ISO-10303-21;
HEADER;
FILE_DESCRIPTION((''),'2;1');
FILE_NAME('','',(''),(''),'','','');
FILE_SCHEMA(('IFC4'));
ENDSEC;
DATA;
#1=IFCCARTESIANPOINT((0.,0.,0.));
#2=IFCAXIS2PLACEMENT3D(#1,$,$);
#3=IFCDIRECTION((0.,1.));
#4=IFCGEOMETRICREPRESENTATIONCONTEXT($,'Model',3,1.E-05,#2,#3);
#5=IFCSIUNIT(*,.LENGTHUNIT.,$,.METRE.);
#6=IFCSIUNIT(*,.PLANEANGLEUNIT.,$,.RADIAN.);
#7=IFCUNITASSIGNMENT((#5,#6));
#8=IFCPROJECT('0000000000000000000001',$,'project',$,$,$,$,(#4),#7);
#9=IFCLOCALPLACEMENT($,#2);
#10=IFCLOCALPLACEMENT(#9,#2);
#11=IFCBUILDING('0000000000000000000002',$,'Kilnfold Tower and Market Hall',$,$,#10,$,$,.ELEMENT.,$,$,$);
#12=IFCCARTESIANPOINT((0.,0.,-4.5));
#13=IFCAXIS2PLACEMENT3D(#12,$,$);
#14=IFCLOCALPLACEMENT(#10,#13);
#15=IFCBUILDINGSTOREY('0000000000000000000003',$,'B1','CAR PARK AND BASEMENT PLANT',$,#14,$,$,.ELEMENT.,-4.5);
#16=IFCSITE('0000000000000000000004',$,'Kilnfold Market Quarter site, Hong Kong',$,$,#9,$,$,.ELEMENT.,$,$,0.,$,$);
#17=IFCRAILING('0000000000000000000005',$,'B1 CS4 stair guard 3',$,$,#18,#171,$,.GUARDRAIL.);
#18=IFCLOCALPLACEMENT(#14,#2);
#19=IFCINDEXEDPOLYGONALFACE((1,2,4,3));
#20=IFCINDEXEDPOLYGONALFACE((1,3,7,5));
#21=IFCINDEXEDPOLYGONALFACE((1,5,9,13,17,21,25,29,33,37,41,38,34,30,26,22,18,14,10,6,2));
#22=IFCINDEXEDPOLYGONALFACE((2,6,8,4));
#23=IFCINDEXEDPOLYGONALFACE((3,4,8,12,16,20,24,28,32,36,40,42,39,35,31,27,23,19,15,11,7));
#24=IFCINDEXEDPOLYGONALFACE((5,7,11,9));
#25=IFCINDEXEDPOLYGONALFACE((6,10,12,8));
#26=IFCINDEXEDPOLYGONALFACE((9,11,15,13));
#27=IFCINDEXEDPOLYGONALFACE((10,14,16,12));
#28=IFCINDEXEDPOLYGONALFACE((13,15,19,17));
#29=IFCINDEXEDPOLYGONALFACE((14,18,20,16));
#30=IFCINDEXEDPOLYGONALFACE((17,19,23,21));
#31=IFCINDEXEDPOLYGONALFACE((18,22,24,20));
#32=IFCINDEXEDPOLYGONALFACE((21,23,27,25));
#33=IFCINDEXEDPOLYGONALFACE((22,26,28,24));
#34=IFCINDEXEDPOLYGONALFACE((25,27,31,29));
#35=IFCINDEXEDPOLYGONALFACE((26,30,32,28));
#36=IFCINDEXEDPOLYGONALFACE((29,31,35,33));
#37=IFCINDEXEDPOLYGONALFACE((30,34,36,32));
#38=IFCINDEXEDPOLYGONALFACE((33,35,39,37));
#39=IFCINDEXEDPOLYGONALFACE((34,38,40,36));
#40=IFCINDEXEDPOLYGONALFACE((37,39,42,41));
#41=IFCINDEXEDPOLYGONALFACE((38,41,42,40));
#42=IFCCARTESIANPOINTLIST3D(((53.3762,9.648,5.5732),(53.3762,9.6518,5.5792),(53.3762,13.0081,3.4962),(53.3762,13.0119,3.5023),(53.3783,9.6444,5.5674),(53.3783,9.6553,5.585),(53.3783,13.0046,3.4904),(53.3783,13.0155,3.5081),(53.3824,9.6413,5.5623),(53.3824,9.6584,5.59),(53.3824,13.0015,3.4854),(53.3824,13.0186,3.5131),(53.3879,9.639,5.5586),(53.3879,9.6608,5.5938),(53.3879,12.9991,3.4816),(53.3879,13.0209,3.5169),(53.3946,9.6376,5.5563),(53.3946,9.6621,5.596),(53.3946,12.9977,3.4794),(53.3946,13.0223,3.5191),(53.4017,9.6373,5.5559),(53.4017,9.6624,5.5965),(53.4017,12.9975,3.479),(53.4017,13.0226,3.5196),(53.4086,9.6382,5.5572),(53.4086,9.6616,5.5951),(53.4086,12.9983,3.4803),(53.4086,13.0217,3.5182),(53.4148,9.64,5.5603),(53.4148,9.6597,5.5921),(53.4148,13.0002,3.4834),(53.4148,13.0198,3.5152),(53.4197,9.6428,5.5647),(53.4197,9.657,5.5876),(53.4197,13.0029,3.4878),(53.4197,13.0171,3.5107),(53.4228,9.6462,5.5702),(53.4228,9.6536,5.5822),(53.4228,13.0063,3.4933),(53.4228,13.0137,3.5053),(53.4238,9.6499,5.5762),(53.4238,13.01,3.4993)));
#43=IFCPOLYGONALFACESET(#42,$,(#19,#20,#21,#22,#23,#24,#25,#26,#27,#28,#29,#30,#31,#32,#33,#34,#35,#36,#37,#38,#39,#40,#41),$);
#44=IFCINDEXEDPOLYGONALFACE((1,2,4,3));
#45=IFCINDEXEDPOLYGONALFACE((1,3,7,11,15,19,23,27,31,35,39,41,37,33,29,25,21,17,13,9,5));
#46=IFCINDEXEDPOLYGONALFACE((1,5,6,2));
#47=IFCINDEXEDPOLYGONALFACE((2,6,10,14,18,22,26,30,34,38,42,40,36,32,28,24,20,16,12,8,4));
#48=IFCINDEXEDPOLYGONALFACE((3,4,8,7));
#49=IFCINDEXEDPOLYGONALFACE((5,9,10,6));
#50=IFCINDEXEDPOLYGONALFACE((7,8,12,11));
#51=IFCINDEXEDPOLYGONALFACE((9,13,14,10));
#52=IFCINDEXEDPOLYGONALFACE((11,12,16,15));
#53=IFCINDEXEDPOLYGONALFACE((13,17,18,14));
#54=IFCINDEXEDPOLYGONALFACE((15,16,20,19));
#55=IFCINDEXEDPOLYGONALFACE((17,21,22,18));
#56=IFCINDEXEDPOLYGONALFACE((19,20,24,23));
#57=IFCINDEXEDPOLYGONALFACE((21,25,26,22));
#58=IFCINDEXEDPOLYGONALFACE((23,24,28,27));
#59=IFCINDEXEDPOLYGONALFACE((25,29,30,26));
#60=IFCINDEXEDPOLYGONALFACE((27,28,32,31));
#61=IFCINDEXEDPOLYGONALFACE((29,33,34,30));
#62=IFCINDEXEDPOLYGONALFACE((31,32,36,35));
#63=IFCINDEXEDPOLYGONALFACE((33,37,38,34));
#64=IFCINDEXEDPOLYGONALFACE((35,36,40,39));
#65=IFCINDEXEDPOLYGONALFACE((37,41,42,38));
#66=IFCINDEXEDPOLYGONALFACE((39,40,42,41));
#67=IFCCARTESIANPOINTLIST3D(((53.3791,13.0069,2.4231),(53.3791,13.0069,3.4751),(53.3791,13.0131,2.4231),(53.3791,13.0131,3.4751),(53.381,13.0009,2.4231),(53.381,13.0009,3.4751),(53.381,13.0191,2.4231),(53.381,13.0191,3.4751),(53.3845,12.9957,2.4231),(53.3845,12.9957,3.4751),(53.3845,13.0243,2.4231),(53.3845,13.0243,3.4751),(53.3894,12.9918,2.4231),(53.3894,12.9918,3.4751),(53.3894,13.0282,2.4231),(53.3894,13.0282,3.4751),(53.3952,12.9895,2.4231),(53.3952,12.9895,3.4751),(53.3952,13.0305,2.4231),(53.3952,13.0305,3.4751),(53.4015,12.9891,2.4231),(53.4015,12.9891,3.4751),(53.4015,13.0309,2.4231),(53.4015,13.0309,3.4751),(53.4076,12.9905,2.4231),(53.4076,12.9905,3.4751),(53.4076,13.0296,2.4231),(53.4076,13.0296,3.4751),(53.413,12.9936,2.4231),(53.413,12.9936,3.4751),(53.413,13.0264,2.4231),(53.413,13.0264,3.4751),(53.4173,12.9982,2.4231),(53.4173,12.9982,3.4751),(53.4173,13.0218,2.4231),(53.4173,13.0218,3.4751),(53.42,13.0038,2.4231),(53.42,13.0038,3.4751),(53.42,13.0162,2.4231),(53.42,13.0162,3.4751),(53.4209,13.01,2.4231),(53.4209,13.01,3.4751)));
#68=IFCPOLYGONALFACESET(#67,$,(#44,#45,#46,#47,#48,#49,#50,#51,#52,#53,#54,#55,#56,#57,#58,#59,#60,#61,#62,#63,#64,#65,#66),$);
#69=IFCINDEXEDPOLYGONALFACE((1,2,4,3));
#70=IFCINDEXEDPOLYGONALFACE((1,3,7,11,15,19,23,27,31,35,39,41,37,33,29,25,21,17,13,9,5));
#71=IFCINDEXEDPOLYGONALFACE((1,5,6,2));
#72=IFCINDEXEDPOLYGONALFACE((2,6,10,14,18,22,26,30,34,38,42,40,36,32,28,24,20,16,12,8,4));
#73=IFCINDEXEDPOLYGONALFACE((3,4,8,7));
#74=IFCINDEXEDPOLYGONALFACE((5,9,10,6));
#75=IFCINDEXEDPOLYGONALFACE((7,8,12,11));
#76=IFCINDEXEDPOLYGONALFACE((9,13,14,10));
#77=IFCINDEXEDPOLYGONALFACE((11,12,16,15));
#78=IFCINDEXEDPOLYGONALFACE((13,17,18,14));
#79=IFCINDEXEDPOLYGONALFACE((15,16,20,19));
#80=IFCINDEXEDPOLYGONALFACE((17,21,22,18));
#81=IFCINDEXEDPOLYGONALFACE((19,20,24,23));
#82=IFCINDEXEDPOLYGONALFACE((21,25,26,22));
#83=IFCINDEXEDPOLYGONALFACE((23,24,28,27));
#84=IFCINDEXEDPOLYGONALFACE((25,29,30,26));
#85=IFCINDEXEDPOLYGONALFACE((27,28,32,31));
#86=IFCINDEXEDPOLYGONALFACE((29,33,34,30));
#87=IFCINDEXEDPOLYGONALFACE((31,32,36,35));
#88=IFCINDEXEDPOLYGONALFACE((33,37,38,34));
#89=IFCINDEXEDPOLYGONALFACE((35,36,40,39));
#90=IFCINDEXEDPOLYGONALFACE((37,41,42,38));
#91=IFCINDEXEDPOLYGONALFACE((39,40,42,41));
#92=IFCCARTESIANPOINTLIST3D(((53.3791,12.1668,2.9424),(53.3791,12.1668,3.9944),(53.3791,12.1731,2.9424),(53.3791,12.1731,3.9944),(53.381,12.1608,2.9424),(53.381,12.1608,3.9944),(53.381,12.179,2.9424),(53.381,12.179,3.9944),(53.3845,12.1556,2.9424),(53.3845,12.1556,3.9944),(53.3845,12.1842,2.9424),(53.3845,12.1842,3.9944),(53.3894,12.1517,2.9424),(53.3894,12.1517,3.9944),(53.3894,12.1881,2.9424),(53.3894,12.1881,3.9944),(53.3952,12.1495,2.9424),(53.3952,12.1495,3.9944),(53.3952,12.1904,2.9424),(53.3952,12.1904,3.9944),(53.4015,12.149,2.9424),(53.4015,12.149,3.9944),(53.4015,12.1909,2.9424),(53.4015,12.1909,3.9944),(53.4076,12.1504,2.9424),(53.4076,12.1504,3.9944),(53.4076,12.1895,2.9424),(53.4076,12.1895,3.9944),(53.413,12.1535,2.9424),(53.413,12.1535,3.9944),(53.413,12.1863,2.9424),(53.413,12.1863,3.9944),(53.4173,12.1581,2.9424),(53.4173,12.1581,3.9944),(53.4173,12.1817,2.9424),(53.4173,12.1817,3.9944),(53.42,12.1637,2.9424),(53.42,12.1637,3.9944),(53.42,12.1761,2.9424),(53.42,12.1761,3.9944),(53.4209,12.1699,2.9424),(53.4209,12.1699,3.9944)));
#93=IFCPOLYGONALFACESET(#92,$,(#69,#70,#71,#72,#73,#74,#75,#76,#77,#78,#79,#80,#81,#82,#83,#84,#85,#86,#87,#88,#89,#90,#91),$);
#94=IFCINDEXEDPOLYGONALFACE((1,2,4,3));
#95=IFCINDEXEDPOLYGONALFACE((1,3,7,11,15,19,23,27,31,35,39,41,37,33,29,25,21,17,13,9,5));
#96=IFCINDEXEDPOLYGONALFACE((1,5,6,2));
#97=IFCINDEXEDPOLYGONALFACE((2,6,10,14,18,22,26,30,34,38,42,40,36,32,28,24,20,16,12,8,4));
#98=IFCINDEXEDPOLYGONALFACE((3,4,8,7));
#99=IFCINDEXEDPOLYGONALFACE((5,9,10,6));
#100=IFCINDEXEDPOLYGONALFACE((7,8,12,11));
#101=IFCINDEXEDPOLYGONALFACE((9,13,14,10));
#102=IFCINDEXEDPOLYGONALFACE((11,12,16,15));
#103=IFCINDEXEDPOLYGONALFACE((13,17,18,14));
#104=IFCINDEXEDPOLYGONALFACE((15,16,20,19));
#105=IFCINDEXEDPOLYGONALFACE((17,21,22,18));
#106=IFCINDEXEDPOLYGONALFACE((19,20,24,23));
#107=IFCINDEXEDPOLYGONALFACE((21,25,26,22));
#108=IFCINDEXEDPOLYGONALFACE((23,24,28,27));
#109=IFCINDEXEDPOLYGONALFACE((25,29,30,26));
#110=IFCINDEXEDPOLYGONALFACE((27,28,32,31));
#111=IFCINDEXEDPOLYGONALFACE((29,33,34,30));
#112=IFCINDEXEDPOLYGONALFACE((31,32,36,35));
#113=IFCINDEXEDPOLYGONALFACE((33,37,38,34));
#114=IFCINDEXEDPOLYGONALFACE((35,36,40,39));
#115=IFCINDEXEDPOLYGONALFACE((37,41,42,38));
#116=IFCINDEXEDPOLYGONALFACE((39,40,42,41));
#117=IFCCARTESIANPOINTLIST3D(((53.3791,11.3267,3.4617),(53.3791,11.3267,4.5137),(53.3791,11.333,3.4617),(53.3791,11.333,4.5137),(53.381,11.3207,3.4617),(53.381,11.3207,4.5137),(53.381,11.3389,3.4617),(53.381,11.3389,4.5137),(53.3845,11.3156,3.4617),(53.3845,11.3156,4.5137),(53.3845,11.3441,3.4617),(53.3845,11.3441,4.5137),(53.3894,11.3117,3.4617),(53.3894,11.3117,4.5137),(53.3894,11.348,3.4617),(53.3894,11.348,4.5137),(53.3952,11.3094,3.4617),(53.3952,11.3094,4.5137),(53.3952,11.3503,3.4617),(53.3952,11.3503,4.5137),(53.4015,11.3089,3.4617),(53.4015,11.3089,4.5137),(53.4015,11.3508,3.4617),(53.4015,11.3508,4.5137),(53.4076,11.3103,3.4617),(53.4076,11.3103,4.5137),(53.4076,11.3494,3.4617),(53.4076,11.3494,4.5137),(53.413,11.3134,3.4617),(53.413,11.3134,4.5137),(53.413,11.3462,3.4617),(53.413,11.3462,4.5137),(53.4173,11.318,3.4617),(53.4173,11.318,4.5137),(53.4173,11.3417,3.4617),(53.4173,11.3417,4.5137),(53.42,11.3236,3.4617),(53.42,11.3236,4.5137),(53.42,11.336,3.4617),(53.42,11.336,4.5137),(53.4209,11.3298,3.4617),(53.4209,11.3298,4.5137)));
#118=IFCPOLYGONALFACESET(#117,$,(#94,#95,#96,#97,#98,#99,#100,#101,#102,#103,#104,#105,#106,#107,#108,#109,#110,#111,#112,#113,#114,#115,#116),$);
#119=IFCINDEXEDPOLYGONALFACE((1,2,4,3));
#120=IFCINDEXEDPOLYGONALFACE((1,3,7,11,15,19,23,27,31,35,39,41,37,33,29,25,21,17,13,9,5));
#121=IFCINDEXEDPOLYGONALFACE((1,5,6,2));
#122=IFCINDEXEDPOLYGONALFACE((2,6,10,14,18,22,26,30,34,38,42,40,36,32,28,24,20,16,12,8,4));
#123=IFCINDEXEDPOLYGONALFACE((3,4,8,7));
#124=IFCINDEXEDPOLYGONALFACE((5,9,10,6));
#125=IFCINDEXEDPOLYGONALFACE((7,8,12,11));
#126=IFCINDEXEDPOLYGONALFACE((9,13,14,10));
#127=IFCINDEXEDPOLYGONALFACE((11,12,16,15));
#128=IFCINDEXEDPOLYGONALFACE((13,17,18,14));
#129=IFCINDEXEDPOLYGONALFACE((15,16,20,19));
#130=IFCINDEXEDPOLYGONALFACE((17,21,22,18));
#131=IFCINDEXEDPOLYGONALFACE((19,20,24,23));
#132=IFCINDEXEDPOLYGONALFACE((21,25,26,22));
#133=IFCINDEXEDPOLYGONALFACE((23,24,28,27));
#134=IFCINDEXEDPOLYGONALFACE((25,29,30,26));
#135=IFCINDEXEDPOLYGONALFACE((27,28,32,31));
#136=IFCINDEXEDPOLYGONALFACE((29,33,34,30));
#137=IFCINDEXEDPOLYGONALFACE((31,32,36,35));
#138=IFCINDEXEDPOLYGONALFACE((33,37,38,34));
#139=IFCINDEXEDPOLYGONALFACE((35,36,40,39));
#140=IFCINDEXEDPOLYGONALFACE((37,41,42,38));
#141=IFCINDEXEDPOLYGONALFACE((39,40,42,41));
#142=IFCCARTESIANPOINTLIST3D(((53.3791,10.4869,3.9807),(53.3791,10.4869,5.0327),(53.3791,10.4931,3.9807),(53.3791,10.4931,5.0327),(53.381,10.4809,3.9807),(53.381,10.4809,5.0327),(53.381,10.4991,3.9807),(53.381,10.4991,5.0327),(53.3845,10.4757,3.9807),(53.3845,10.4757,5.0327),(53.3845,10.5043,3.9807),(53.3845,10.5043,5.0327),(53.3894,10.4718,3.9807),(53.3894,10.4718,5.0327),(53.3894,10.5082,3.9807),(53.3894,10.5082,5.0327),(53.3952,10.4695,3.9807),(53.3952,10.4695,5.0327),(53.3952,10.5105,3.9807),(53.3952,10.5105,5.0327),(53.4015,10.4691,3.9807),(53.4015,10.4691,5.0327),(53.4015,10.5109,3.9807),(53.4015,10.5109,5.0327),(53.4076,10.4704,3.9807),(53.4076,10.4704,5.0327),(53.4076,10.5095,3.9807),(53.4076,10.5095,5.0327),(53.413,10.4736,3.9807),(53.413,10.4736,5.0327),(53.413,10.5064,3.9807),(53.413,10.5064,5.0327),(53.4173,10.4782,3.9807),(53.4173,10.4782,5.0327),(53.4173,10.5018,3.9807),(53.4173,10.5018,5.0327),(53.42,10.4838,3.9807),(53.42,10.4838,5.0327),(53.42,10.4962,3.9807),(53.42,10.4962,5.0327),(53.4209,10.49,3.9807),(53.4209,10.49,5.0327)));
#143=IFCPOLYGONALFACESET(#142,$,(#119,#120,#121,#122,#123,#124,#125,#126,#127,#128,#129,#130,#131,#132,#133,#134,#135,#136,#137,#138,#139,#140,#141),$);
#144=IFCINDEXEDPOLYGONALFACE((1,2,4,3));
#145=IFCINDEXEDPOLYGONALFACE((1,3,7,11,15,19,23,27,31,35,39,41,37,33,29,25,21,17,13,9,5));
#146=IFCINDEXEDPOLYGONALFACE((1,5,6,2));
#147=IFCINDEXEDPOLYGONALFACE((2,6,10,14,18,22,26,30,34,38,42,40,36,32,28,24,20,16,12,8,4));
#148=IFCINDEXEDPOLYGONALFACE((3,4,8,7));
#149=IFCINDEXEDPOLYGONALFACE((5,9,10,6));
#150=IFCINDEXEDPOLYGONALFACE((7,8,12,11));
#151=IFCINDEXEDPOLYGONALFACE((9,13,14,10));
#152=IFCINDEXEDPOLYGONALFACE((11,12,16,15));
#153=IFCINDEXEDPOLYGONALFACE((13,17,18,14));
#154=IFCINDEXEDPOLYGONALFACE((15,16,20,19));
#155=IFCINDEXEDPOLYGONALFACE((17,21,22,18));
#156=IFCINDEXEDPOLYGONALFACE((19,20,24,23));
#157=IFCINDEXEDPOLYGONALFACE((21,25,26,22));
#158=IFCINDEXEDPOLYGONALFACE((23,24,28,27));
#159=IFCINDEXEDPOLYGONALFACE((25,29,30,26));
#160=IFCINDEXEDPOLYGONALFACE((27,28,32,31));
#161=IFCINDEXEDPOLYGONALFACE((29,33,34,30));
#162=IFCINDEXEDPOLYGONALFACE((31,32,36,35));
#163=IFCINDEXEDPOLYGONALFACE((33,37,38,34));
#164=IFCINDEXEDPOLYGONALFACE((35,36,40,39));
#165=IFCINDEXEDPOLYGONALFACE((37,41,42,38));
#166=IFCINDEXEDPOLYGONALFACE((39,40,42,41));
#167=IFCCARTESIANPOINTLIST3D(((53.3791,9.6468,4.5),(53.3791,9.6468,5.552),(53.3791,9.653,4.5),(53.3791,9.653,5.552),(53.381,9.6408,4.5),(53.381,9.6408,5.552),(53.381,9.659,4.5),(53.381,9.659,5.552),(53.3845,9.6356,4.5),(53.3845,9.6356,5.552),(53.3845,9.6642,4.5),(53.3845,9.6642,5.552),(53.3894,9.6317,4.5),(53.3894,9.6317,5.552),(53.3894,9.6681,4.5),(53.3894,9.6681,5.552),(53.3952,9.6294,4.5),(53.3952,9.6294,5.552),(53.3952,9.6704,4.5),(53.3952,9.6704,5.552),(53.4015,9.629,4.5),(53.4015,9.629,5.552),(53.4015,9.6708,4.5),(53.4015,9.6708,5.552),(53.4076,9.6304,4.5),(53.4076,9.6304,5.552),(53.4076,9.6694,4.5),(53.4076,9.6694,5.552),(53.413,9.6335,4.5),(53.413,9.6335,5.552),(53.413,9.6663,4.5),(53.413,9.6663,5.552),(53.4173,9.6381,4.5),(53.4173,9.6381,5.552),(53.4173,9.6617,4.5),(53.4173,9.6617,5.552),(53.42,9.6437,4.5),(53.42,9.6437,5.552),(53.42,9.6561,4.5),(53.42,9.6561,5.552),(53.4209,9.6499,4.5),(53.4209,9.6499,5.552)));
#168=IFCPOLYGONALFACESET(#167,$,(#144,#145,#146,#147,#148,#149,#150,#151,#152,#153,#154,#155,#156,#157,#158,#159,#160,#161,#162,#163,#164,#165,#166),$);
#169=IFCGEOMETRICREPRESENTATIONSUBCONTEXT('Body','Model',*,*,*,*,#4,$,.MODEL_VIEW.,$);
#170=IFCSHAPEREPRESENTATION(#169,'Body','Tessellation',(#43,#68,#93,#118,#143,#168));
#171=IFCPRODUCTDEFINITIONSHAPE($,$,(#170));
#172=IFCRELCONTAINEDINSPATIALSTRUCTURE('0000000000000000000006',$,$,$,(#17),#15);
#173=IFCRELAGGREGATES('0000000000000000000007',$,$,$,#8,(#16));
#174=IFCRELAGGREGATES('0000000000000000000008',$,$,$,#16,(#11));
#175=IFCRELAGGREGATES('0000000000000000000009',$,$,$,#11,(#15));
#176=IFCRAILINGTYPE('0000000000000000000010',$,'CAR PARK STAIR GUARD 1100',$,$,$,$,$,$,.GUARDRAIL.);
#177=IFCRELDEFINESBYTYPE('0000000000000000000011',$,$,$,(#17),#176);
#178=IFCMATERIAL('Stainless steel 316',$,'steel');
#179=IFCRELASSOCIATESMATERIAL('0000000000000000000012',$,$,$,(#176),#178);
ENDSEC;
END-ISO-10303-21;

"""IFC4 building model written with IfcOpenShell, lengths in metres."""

from ifc_helpers import new_model, si_unit, direction, frame, origin, origin_2d, place, context, subcontext, project, spatial, circle, extrude, material, type_object, element, save


model = new_model("IFC4")

# Units and contexts
model_context = context("Model", 3, precision=1e-05, world=origin(), true_north=direction((0.0, 1.0)))
body_context = subcontext(model_context, "Body", "Model", "MODEL_VIEW")
ifc_project = project(units=[si_unit("LENGTHUNIT", "METRE"), si_unit("PLANEANGLEUNIT", "RADIAN")], contexts=[model_context])

# Site, building, storey
site_placement = place(None, origin())
site = spatial("IfcSite", under=ifc_project, at=site_placement, Name="Kilnfold Market Quarter site, Hong Kong", CompositionType="ELEMENT", RefElevation=0.0)
building_placement = place(site_placement, origin())
building = spatial("IfcBuilding", under=site, at=building_placement, Name="Kilnfold Tower and Market Hall", CompositionType="ELEMENT")
storey_placement = place(building_placement, frame((0.0, 0.0, -4.5)))
storey = spatial("IfcBuildingStorey", under=building, at=storey_placement, Name="B1", Description="CAR PARK AND BASEMENT PLANT", CompositionType="ELEMENT", Elevation=-4.5)

# Railing
ifc_material_1 = material(Name="Stainless steel 316", Category="steel")
railing_type_1 = type_object("IfcRailingType", Name="CAR PARK STAIR GUARD 1100", PredefinedType="GUARDRAIL", material=ifc_material_1)
railing_1_placement = place(storey_placement, frame((53.3999, 13.01, 2.4231)))
element("IfcRailing", 1, at=railing_1_placement, inside=storey, type_object=railing_type_1, Name="B1 CS4 stair guard 3", PredefinedType="GUARDRAIL", context=body_context, shape_type="SweptSolid", body=[
    extrude(circle(Radius=0.0239, at=origin_2d()), frame((0.0, 0.0, 1.0762), z_axis=(0.0, -0.850623, 0.525776), x_axis=(1.0, 0.0, 0.0)), (0.0, 0.0, 1.0), 3.9502),
    extrude(circle(Radius=0.021, at=origin_2d()), origin(), (0.0, 0.0, 1.0), 1.052),
    extrude(circle(Radius=0.021, at=origin_2d()), frame((0.0, -0.8401, 0.5193)), (0.0, 0.0, 1.0), 1.052),
    extrude(circle(Radius=0.021, at=origin_2d()), frame((0.0, -1.6802, 1.0386)), (0.0, 0.0, 1.0), 1.052),
    extrude(circle(Radius=0.021, at=origin_2d()), frame((0.0, -2.52, 1.5576)), (0.0, 0.0, 1.0), 1.052),
    extrude(circle(Radius=0.021, at=origin_2d()), frame((0.0, -3.3601, 2.0769)), (0.0, 0.0, 1.0), 1.052),
])

save(model, "model.ifc")
